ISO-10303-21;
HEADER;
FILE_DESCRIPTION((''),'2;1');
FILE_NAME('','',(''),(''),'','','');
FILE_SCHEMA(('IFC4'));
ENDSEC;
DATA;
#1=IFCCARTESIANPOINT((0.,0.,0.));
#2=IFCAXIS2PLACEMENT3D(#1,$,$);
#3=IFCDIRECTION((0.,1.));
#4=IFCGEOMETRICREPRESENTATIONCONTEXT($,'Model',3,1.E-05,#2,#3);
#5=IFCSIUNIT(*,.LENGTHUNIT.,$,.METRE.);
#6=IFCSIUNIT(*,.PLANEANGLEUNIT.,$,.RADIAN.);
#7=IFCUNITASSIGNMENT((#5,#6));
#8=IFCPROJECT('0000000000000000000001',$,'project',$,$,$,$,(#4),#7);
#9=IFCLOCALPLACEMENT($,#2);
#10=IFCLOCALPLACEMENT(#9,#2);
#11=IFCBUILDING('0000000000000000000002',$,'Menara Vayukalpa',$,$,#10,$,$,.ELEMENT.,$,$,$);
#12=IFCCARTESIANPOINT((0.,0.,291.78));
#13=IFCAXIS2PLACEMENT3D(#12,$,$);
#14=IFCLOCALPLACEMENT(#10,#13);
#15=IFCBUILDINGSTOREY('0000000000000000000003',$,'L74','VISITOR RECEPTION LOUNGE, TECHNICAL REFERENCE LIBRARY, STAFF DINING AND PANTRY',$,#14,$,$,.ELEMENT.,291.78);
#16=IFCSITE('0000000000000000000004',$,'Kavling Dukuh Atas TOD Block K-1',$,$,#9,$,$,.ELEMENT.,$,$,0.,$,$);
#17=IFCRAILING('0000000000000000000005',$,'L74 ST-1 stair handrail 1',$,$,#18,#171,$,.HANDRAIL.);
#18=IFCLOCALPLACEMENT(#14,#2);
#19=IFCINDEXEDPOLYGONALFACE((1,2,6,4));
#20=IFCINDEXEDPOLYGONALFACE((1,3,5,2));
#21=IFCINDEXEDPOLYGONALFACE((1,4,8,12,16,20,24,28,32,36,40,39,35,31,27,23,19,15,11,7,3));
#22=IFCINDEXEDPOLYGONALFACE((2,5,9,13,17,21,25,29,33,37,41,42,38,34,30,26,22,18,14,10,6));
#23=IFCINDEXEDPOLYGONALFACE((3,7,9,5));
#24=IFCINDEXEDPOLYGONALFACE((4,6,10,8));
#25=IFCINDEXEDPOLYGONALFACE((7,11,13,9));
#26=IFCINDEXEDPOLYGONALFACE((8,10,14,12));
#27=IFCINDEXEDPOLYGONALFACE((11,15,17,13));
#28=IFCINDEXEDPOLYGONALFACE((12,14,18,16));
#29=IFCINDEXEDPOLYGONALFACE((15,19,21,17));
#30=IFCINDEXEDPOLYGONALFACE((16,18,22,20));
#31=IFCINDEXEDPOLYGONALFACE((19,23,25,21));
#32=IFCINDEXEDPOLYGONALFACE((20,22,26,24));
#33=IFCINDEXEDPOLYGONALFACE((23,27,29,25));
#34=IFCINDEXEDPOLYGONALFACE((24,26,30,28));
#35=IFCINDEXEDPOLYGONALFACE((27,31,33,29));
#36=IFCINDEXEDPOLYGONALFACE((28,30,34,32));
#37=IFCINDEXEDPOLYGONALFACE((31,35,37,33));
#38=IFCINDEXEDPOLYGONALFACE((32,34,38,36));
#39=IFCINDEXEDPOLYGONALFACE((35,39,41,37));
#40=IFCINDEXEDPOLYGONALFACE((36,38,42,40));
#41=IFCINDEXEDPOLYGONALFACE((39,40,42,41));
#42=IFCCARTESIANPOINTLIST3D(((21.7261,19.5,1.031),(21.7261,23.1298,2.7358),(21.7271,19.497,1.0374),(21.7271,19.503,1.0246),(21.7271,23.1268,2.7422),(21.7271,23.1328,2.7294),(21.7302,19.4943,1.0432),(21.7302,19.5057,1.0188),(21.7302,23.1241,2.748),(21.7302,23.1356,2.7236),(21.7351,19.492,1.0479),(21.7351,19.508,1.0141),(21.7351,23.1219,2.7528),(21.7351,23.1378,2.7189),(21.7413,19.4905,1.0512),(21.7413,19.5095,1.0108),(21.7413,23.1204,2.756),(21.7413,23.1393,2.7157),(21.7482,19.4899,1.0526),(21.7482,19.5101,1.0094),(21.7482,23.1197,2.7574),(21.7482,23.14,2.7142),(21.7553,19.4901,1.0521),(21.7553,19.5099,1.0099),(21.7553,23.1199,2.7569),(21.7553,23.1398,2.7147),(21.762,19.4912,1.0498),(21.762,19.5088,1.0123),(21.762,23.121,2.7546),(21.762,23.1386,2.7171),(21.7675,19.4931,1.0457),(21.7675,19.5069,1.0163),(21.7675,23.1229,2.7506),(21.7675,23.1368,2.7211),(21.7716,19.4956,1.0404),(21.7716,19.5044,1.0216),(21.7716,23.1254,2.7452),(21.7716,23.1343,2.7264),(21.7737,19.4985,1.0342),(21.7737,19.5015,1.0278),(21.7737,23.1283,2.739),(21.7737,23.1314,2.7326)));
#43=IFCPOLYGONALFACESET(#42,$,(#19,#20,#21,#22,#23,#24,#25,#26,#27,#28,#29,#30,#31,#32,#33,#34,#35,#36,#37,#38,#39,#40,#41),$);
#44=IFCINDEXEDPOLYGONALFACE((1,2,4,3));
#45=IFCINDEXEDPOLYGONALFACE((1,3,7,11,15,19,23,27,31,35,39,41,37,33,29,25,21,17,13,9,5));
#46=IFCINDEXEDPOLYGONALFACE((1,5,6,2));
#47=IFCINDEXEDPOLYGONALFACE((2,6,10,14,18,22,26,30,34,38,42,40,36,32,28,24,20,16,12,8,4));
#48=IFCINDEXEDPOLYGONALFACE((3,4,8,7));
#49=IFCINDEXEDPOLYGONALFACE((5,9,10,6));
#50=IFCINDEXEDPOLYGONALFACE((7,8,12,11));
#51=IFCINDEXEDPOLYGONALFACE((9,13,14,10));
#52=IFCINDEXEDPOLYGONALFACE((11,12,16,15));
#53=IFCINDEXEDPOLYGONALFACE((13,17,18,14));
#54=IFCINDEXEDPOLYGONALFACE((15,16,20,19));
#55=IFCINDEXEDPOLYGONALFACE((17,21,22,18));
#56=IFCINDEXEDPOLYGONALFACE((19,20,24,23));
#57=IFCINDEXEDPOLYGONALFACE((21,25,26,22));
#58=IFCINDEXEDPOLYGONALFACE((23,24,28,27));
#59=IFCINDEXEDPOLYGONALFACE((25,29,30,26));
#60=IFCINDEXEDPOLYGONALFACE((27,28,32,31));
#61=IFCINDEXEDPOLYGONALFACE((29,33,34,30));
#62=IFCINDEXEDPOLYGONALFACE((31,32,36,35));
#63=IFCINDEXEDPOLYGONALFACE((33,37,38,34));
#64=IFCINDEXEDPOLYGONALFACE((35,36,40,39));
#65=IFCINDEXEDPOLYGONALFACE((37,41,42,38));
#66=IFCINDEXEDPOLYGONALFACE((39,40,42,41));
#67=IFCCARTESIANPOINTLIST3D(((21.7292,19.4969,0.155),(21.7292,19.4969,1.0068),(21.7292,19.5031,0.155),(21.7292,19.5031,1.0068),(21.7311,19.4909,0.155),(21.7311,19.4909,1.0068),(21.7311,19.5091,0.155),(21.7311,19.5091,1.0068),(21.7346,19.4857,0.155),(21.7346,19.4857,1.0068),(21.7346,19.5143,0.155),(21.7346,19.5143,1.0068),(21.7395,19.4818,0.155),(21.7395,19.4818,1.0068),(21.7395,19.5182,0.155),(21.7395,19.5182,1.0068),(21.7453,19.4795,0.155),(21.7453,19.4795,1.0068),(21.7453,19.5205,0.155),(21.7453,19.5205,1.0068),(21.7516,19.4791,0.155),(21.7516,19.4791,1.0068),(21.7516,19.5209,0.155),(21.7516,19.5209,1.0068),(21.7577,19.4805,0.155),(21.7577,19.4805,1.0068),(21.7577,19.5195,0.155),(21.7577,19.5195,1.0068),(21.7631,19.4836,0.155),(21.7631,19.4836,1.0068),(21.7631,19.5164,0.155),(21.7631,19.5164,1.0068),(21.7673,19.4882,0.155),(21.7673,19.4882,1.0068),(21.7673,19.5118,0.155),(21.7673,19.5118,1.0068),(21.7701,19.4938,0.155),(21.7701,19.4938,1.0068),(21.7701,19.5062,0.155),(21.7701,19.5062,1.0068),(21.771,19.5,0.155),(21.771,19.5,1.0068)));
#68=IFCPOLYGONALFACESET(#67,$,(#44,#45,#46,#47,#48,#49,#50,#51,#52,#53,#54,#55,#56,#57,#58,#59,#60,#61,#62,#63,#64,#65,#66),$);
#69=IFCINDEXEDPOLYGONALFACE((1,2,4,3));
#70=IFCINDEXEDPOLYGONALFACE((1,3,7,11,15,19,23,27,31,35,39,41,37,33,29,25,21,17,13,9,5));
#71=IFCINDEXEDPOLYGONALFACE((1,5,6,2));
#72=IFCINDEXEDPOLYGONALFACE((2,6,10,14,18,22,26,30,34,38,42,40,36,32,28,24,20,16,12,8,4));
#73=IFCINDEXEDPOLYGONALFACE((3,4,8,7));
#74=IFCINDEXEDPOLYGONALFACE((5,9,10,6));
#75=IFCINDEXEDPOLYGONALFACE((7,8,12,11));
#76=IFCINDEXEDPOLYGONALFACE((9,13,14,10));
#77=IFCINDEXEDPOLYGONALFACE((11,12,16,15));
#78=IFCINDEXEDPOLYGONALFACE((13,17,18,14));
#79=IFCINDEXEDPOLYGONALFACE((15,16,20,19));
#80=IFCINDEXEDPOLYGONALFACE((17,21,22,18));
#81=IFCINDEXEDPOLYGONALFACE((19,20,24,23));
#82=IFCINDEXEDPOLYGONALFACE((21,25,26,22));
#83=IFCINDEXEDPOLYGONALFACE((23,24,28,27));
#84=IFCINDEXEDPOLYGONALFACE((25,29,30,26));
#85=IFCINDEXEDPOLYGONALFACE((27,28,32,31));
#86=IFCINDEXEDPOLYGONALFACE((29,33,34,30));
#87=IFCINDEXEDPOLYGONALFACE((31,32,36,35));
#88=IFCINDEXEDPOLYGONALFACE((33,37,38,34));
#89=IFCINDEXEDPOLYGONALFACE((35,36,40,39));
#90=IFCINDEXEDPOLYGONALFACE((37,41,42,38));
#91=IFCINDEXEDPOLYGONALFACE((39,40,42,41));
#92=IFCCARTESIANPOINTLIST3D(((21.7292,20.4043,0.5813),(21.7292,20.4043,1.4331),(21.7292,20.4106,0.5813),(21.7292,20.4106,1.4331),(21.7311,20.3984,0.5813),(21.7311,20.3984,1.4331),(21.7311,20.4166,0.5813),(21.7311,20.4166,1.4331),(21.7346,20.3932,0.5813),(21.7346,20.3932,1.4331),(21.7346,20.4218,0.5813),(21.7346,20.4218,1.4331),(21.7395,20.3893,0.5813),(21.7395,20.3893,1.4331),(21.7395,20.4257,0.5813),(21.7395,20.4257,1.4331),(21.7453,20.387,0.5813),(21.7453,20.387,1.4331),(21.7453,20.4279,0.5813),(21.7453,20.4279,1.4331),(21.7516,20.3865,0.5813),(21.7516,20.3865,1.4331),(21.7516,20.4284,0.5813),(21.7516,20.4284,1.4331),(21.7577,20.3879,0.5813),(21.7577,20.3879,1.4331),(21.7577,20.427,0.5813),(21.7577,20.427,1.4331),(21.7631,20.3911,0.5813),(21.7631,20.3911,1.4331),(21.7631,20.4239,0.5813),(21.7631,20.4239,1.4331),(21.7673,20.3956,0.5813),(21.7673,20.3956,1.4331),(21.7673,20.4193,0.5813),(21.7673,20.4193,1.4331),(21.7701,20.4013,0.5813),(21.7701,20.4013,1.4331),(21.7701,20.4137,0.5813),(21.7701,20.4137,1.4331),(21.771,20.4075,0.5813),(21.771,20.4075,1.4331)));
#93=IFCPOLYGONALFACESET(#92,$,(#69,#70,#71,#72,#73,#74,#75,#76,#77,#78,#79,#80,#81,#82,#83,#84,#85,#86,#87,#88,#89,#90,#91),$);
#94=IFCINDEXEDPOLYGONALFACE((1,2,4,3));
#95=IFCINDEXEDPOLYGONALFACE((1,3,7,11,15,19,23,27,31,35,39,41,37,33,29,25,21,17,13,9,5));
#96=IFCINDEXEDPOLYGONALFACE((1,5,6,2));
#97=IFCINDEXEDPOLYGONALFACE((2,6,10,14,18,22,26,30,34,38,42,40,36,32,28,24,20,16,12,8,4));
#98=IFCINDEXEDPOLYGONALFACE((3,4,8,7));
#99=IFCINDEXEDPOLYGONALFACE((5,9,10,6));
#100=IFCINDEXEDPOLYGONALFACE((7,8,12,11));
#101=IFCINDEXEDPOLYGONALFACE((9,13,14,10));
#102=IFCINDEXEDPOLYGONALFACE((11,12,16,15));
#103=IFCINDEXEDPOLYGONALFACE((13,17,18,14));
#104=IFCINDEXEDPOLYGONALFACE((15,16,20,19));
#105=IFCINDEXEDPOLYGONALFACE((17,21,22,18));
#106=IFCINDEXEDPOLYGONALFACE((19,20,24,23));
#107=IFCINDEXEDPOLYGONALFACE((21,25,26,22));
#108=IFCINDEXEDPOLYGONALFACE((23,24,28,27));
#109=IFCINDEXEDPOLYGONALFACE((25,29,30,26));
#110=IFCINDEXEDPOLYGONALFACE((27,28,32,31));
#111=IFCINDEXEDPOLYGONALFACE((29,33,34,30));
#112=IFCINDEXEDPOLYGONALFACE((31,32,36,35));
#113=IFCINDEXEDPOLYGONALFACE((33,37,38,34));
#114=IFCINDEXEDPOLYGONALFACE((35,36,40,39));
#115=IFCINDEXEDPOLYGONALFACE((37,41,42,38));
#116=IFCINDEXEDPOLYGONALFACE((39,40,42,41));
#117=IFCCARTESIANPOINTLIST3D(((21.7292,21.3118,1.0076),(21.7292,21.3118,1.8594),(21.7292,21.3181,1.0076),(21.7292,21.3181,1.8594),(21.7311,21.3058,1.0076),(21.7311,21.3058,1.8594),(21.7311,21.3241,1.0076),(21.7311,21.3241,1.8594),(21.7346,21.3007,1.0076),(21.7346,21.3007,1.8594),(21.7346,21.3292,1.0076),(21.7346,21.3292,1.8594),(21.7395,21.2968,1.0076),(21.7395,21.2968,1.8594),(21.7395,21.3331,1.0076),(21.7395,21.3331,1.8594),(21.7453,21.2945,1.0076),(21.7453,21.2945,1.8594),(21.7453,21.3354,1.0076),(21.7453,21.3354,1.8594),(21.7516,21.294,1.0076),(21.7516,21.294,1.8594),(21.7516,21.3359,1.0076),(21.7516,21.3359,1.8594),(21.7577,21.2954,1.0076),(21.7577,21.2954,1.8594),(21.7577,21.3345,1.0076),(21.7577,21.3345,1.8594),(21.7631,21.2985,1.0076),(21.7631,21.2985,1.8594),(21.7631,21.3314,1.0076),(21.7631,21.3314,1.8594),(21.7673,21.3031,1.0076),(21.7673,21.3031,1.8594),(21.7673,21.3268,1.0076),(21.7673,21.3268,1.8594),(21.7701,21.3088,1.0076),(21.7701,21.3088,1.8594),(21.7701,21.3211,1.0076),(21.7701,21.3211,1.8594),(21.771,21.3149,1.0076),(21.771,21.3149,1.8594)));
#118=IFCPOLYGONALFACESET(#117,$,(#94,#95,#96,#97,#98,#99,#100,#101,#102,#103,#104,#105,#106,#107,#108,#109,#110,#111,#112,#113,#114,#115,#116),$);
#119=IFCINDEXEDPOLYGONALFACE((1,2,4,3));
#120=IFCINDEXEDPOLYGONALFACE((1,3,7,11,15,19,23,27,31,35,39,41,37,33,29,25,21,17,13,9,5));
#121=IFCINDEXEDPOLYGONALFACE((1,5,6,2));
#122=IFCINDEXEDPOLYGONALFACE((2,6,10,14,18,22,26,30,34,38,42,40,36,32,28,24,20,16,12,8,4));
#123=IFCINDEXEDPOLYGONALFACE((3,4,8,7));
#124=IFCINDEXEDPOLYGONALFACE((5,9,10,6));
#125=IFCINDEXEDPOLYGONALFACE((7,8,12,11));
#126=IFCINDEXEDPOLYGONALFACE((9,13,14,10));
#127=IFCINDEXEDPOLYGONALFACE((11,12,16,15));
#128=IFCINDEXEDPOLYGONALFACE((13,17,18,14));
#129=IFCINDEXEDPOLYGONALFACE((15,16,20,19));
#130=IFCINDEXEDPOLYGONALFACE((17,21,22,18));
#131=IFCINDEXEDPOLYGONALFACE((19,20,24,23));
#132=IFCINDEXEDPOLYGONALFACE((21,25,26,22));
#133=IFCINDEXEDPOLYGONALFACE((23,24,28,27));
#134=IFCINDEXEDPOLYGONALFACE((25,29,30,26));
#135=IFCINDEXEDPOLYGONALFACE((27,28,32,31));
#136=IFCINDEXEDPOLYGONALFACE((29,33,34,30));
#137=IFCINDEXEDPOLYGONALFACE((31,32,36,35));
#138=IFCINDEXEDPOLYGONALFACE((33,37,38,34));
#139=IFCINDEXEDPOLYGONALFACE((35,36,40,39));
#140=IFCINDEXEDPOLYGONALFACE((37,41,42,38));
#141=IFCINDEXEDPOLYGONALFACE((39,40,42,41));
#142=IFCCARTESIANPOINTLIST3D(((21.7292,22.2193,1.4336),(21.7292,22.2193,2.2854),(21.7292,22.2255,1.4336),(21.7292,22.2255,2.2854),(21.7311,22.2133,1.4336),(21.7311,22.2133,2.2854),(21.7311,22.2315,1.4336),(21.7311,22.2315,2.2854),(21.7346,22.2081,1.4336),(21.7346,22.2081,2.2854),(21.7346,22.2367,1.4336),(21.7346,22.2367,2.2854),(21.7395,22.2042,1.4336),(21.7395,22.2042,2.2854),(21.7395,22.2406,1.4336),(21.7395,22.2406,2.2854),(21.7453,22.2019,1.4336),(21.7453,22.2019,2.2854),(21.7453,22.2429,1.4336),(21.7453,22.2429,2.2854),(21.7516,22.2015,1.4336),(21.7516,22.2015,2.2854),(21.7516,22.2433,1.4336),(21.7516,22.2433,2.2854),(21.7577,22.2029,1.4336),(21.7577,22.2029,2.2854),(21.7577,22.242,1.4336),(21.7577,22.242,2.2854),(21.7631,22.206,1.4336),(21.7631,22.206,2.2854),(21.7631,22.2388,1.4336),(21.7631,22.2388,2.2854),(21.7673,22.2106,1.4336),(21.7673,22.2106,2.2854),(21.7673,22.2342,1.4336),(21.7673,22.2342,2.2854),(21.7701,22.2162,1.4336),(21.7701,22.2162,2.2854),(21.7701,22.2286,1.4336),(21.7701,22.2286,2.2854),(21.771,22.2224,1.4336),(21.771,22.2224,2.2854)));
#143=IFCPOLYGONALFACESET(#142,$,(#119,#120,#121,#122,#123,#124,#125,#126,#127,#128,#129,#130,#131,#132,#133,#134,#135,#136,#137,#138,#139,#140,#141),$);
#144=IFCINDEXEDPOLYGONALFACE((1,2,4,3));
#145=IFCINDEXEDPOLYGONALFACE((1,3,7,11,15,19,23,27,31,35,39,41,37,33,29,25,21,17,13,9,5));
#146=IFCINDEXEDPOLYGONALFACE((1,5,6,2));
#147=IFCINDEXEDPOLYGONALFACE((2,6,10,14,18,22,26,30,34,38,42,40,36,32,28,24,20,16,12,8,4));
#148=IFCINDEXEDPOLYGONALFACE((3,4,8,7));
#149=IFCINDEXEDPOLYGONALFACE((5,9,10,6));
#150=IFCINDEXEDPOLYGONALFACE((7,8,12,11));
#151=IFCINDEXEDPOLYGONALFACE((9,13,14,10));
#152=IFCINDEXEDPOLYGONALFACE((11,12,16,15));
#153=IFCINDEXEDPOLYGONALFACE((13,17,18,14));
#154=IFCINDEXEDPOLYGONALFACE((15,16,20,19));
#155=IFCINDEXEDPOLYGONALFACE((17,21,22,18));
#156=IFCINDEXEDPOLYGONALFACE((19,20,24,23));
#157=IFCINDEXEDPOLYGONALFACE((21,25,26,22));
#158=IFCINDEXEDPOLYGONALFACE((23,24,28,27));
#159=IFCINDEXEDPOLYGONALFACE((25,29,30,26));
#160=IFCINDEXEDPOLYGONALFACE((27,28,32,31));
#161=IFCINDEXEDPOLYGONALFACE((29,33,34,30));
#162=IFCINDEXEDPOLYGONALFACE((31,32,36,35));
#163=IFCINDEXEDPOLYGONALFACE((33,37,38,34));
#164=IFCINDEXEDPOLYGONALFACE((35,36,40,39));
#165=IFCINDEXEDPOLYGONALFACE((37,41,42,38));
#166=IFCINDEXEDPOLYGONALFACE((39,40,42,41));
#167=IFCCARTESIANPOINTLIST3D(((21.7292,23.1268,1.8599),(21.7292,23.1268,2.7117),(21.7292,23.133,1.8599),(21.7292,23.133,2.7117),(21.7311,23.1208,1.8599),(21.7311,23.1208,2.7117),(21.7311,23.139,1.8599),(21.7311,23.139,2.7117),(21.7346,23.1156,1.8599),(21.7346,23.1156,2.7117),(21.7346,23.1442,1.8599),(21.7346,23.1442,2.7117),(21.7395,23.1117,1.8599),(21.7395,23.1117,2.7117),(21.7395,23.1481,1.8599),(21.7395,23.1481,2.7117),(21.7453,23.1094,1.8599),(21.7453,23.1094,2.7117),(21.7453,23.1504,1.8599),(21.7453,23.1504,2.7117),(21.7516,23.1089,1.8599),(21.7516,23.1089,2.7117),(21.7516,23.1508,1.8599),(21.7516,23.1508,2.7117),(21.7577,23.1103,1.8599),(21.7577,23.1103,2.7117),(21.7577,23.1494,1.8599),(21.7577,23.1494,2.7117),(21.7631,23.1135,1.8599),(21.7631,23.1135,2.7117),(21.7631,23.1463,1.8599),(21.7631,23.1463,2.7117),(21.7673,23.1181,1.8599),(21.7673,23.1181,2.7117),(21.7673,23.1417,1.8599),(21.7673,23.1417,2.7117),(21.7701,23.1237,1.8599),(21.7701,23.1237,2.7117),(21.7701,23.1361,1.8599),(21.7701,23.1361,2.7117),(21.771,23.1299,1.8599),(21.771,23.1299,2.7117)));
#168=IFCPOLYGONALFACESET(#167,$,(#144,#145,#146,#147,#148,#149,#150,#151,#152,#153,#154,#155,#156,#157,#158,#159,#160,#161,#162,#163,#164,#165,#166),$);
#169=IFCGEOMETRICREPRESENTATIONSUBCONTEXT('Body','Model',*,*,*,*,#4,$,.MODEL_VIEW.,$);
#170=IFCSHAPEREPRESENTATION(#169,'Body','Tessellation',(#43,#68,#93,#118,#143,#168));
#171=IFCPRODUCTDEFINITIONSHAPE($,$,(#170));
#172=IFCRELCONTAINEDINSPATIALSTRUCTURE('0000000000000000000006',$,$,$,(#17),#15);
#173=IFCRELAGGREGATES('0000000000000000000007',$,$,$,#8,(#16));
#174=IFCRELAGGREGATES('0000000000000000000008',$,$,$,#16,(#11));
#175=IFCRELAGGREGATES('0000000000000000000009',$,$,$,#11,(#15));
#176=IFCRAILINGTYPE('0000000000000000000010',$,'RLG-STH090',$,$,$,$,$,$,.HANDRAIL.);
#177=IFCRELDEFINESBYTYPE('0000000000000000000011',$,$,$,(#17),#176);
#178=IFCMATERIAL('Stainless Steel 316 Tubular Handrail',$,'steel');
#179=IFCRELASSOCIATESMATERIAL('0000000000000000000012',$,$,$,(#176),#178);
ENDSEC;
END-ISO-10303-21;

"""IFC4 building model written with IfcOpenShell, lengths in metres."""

from ifc_helpers import new_model, si_unit, direction, frame, origin, origin_2d, place, context, subcontext, project, spatial, circle, extrude, material, type_object, element, save


model = new_model("IFC4")

# Units and contexts
model_context = context("Model", 3, precision=1e-05, world=origin(), true_north=direction((0.0, 1.0)))
body_context = subcontext(model_context, "Body", "Model", "MODEL_VIEW")
ifc_project = project(units=[si_unit("LENGTHUNIT", "METRE"), si_unit("PLANEANGLEUNIT", "RADIAN")], contexts=[model_context])

# Site, building, storey
site_placement = place(None, origin())
site = spatial("IfcSite", under=ifc_project, at=site_placement, Name="Kavling Dukuh Atas TOD Block K-1", CompositionType="ELEMENT", RefElevation=0.0)
building_placement = place(site_placement, origin())
building = spatial("IfcBuilding", under=site, at=building_placement, Name="Menara Vayukalpa", CompositionType="ELEMENT")
storey_placement = place(building_placement, frame((0.0, 0.0, 291.78)))
storey = spatial("IfcBuildingStorey", under=building, at=storey_placement, Name="L74", Description="VISITOR RECEPTION LOUNGE, TECHNICAL REFERENCE LIBRARY, STAFF DINING AND PANTRY", CompositionType="ELEMENT", Elevation=291.78)

# Railing
ifc_material_1 = material(Name="Stainless Steel 316 Tubular Handrail", Category="steel")
railing_type_1 = type_object("IfcRailingType", Name="RLG-STH090", PredefinedType="HANDRAIL", material=ifc_material_1)
railing_1_placement = place(storey_placement, frame((21.75, 19.5, 0.155)))
element("IfcRailing", 1, at=railing_1_placement, inside=storey, type_object=railing_type_1, Name="L74 ST-1 stair handrail 1", PredefinedType="HANDRAIL", context=body_context, shape_type="SweptSolid", body=[
    extrude(circle(Radius=0.0239, at=origin_2d()), frame((0.0, 0.0, 0.876), z_axis=(0.0, 0.90514, 0.425114), x_axis=(-1.0, 0.0, 0.0)), (0.0, 0.0, 1.0), 4.0103),
    extrude(circle(Radius=0.021, at=origin_2d()), origin(), (0.0, 0.0, 1.0), 0.8518),
    extrude(circle(Radius=0.021, at=origin_2d()), frame((0.0, 0.9075, 0.4263)), (0.0, 0.0, 1.0), 0.8518),
    extrude(circle(Radius=0.021, at=origin_2d()), frame((0.0, 1.8149, 0.8525)), (0.0, 0.0, 1.0), 0.8518),
    extrude(circle(Radius=0.021, at=origin_2d()), frame((0.0, 2.7224, 1.2786)), (0.0, 0.0, 1.0), 0.8518),
    extrude(circle(Radius=0.021, at=origin_2d()), frame((0.0, 3.6299, 1.7048)), (0.0, 0.0, 1.0), 0.8518),
])

save(model, "model.ifc")
